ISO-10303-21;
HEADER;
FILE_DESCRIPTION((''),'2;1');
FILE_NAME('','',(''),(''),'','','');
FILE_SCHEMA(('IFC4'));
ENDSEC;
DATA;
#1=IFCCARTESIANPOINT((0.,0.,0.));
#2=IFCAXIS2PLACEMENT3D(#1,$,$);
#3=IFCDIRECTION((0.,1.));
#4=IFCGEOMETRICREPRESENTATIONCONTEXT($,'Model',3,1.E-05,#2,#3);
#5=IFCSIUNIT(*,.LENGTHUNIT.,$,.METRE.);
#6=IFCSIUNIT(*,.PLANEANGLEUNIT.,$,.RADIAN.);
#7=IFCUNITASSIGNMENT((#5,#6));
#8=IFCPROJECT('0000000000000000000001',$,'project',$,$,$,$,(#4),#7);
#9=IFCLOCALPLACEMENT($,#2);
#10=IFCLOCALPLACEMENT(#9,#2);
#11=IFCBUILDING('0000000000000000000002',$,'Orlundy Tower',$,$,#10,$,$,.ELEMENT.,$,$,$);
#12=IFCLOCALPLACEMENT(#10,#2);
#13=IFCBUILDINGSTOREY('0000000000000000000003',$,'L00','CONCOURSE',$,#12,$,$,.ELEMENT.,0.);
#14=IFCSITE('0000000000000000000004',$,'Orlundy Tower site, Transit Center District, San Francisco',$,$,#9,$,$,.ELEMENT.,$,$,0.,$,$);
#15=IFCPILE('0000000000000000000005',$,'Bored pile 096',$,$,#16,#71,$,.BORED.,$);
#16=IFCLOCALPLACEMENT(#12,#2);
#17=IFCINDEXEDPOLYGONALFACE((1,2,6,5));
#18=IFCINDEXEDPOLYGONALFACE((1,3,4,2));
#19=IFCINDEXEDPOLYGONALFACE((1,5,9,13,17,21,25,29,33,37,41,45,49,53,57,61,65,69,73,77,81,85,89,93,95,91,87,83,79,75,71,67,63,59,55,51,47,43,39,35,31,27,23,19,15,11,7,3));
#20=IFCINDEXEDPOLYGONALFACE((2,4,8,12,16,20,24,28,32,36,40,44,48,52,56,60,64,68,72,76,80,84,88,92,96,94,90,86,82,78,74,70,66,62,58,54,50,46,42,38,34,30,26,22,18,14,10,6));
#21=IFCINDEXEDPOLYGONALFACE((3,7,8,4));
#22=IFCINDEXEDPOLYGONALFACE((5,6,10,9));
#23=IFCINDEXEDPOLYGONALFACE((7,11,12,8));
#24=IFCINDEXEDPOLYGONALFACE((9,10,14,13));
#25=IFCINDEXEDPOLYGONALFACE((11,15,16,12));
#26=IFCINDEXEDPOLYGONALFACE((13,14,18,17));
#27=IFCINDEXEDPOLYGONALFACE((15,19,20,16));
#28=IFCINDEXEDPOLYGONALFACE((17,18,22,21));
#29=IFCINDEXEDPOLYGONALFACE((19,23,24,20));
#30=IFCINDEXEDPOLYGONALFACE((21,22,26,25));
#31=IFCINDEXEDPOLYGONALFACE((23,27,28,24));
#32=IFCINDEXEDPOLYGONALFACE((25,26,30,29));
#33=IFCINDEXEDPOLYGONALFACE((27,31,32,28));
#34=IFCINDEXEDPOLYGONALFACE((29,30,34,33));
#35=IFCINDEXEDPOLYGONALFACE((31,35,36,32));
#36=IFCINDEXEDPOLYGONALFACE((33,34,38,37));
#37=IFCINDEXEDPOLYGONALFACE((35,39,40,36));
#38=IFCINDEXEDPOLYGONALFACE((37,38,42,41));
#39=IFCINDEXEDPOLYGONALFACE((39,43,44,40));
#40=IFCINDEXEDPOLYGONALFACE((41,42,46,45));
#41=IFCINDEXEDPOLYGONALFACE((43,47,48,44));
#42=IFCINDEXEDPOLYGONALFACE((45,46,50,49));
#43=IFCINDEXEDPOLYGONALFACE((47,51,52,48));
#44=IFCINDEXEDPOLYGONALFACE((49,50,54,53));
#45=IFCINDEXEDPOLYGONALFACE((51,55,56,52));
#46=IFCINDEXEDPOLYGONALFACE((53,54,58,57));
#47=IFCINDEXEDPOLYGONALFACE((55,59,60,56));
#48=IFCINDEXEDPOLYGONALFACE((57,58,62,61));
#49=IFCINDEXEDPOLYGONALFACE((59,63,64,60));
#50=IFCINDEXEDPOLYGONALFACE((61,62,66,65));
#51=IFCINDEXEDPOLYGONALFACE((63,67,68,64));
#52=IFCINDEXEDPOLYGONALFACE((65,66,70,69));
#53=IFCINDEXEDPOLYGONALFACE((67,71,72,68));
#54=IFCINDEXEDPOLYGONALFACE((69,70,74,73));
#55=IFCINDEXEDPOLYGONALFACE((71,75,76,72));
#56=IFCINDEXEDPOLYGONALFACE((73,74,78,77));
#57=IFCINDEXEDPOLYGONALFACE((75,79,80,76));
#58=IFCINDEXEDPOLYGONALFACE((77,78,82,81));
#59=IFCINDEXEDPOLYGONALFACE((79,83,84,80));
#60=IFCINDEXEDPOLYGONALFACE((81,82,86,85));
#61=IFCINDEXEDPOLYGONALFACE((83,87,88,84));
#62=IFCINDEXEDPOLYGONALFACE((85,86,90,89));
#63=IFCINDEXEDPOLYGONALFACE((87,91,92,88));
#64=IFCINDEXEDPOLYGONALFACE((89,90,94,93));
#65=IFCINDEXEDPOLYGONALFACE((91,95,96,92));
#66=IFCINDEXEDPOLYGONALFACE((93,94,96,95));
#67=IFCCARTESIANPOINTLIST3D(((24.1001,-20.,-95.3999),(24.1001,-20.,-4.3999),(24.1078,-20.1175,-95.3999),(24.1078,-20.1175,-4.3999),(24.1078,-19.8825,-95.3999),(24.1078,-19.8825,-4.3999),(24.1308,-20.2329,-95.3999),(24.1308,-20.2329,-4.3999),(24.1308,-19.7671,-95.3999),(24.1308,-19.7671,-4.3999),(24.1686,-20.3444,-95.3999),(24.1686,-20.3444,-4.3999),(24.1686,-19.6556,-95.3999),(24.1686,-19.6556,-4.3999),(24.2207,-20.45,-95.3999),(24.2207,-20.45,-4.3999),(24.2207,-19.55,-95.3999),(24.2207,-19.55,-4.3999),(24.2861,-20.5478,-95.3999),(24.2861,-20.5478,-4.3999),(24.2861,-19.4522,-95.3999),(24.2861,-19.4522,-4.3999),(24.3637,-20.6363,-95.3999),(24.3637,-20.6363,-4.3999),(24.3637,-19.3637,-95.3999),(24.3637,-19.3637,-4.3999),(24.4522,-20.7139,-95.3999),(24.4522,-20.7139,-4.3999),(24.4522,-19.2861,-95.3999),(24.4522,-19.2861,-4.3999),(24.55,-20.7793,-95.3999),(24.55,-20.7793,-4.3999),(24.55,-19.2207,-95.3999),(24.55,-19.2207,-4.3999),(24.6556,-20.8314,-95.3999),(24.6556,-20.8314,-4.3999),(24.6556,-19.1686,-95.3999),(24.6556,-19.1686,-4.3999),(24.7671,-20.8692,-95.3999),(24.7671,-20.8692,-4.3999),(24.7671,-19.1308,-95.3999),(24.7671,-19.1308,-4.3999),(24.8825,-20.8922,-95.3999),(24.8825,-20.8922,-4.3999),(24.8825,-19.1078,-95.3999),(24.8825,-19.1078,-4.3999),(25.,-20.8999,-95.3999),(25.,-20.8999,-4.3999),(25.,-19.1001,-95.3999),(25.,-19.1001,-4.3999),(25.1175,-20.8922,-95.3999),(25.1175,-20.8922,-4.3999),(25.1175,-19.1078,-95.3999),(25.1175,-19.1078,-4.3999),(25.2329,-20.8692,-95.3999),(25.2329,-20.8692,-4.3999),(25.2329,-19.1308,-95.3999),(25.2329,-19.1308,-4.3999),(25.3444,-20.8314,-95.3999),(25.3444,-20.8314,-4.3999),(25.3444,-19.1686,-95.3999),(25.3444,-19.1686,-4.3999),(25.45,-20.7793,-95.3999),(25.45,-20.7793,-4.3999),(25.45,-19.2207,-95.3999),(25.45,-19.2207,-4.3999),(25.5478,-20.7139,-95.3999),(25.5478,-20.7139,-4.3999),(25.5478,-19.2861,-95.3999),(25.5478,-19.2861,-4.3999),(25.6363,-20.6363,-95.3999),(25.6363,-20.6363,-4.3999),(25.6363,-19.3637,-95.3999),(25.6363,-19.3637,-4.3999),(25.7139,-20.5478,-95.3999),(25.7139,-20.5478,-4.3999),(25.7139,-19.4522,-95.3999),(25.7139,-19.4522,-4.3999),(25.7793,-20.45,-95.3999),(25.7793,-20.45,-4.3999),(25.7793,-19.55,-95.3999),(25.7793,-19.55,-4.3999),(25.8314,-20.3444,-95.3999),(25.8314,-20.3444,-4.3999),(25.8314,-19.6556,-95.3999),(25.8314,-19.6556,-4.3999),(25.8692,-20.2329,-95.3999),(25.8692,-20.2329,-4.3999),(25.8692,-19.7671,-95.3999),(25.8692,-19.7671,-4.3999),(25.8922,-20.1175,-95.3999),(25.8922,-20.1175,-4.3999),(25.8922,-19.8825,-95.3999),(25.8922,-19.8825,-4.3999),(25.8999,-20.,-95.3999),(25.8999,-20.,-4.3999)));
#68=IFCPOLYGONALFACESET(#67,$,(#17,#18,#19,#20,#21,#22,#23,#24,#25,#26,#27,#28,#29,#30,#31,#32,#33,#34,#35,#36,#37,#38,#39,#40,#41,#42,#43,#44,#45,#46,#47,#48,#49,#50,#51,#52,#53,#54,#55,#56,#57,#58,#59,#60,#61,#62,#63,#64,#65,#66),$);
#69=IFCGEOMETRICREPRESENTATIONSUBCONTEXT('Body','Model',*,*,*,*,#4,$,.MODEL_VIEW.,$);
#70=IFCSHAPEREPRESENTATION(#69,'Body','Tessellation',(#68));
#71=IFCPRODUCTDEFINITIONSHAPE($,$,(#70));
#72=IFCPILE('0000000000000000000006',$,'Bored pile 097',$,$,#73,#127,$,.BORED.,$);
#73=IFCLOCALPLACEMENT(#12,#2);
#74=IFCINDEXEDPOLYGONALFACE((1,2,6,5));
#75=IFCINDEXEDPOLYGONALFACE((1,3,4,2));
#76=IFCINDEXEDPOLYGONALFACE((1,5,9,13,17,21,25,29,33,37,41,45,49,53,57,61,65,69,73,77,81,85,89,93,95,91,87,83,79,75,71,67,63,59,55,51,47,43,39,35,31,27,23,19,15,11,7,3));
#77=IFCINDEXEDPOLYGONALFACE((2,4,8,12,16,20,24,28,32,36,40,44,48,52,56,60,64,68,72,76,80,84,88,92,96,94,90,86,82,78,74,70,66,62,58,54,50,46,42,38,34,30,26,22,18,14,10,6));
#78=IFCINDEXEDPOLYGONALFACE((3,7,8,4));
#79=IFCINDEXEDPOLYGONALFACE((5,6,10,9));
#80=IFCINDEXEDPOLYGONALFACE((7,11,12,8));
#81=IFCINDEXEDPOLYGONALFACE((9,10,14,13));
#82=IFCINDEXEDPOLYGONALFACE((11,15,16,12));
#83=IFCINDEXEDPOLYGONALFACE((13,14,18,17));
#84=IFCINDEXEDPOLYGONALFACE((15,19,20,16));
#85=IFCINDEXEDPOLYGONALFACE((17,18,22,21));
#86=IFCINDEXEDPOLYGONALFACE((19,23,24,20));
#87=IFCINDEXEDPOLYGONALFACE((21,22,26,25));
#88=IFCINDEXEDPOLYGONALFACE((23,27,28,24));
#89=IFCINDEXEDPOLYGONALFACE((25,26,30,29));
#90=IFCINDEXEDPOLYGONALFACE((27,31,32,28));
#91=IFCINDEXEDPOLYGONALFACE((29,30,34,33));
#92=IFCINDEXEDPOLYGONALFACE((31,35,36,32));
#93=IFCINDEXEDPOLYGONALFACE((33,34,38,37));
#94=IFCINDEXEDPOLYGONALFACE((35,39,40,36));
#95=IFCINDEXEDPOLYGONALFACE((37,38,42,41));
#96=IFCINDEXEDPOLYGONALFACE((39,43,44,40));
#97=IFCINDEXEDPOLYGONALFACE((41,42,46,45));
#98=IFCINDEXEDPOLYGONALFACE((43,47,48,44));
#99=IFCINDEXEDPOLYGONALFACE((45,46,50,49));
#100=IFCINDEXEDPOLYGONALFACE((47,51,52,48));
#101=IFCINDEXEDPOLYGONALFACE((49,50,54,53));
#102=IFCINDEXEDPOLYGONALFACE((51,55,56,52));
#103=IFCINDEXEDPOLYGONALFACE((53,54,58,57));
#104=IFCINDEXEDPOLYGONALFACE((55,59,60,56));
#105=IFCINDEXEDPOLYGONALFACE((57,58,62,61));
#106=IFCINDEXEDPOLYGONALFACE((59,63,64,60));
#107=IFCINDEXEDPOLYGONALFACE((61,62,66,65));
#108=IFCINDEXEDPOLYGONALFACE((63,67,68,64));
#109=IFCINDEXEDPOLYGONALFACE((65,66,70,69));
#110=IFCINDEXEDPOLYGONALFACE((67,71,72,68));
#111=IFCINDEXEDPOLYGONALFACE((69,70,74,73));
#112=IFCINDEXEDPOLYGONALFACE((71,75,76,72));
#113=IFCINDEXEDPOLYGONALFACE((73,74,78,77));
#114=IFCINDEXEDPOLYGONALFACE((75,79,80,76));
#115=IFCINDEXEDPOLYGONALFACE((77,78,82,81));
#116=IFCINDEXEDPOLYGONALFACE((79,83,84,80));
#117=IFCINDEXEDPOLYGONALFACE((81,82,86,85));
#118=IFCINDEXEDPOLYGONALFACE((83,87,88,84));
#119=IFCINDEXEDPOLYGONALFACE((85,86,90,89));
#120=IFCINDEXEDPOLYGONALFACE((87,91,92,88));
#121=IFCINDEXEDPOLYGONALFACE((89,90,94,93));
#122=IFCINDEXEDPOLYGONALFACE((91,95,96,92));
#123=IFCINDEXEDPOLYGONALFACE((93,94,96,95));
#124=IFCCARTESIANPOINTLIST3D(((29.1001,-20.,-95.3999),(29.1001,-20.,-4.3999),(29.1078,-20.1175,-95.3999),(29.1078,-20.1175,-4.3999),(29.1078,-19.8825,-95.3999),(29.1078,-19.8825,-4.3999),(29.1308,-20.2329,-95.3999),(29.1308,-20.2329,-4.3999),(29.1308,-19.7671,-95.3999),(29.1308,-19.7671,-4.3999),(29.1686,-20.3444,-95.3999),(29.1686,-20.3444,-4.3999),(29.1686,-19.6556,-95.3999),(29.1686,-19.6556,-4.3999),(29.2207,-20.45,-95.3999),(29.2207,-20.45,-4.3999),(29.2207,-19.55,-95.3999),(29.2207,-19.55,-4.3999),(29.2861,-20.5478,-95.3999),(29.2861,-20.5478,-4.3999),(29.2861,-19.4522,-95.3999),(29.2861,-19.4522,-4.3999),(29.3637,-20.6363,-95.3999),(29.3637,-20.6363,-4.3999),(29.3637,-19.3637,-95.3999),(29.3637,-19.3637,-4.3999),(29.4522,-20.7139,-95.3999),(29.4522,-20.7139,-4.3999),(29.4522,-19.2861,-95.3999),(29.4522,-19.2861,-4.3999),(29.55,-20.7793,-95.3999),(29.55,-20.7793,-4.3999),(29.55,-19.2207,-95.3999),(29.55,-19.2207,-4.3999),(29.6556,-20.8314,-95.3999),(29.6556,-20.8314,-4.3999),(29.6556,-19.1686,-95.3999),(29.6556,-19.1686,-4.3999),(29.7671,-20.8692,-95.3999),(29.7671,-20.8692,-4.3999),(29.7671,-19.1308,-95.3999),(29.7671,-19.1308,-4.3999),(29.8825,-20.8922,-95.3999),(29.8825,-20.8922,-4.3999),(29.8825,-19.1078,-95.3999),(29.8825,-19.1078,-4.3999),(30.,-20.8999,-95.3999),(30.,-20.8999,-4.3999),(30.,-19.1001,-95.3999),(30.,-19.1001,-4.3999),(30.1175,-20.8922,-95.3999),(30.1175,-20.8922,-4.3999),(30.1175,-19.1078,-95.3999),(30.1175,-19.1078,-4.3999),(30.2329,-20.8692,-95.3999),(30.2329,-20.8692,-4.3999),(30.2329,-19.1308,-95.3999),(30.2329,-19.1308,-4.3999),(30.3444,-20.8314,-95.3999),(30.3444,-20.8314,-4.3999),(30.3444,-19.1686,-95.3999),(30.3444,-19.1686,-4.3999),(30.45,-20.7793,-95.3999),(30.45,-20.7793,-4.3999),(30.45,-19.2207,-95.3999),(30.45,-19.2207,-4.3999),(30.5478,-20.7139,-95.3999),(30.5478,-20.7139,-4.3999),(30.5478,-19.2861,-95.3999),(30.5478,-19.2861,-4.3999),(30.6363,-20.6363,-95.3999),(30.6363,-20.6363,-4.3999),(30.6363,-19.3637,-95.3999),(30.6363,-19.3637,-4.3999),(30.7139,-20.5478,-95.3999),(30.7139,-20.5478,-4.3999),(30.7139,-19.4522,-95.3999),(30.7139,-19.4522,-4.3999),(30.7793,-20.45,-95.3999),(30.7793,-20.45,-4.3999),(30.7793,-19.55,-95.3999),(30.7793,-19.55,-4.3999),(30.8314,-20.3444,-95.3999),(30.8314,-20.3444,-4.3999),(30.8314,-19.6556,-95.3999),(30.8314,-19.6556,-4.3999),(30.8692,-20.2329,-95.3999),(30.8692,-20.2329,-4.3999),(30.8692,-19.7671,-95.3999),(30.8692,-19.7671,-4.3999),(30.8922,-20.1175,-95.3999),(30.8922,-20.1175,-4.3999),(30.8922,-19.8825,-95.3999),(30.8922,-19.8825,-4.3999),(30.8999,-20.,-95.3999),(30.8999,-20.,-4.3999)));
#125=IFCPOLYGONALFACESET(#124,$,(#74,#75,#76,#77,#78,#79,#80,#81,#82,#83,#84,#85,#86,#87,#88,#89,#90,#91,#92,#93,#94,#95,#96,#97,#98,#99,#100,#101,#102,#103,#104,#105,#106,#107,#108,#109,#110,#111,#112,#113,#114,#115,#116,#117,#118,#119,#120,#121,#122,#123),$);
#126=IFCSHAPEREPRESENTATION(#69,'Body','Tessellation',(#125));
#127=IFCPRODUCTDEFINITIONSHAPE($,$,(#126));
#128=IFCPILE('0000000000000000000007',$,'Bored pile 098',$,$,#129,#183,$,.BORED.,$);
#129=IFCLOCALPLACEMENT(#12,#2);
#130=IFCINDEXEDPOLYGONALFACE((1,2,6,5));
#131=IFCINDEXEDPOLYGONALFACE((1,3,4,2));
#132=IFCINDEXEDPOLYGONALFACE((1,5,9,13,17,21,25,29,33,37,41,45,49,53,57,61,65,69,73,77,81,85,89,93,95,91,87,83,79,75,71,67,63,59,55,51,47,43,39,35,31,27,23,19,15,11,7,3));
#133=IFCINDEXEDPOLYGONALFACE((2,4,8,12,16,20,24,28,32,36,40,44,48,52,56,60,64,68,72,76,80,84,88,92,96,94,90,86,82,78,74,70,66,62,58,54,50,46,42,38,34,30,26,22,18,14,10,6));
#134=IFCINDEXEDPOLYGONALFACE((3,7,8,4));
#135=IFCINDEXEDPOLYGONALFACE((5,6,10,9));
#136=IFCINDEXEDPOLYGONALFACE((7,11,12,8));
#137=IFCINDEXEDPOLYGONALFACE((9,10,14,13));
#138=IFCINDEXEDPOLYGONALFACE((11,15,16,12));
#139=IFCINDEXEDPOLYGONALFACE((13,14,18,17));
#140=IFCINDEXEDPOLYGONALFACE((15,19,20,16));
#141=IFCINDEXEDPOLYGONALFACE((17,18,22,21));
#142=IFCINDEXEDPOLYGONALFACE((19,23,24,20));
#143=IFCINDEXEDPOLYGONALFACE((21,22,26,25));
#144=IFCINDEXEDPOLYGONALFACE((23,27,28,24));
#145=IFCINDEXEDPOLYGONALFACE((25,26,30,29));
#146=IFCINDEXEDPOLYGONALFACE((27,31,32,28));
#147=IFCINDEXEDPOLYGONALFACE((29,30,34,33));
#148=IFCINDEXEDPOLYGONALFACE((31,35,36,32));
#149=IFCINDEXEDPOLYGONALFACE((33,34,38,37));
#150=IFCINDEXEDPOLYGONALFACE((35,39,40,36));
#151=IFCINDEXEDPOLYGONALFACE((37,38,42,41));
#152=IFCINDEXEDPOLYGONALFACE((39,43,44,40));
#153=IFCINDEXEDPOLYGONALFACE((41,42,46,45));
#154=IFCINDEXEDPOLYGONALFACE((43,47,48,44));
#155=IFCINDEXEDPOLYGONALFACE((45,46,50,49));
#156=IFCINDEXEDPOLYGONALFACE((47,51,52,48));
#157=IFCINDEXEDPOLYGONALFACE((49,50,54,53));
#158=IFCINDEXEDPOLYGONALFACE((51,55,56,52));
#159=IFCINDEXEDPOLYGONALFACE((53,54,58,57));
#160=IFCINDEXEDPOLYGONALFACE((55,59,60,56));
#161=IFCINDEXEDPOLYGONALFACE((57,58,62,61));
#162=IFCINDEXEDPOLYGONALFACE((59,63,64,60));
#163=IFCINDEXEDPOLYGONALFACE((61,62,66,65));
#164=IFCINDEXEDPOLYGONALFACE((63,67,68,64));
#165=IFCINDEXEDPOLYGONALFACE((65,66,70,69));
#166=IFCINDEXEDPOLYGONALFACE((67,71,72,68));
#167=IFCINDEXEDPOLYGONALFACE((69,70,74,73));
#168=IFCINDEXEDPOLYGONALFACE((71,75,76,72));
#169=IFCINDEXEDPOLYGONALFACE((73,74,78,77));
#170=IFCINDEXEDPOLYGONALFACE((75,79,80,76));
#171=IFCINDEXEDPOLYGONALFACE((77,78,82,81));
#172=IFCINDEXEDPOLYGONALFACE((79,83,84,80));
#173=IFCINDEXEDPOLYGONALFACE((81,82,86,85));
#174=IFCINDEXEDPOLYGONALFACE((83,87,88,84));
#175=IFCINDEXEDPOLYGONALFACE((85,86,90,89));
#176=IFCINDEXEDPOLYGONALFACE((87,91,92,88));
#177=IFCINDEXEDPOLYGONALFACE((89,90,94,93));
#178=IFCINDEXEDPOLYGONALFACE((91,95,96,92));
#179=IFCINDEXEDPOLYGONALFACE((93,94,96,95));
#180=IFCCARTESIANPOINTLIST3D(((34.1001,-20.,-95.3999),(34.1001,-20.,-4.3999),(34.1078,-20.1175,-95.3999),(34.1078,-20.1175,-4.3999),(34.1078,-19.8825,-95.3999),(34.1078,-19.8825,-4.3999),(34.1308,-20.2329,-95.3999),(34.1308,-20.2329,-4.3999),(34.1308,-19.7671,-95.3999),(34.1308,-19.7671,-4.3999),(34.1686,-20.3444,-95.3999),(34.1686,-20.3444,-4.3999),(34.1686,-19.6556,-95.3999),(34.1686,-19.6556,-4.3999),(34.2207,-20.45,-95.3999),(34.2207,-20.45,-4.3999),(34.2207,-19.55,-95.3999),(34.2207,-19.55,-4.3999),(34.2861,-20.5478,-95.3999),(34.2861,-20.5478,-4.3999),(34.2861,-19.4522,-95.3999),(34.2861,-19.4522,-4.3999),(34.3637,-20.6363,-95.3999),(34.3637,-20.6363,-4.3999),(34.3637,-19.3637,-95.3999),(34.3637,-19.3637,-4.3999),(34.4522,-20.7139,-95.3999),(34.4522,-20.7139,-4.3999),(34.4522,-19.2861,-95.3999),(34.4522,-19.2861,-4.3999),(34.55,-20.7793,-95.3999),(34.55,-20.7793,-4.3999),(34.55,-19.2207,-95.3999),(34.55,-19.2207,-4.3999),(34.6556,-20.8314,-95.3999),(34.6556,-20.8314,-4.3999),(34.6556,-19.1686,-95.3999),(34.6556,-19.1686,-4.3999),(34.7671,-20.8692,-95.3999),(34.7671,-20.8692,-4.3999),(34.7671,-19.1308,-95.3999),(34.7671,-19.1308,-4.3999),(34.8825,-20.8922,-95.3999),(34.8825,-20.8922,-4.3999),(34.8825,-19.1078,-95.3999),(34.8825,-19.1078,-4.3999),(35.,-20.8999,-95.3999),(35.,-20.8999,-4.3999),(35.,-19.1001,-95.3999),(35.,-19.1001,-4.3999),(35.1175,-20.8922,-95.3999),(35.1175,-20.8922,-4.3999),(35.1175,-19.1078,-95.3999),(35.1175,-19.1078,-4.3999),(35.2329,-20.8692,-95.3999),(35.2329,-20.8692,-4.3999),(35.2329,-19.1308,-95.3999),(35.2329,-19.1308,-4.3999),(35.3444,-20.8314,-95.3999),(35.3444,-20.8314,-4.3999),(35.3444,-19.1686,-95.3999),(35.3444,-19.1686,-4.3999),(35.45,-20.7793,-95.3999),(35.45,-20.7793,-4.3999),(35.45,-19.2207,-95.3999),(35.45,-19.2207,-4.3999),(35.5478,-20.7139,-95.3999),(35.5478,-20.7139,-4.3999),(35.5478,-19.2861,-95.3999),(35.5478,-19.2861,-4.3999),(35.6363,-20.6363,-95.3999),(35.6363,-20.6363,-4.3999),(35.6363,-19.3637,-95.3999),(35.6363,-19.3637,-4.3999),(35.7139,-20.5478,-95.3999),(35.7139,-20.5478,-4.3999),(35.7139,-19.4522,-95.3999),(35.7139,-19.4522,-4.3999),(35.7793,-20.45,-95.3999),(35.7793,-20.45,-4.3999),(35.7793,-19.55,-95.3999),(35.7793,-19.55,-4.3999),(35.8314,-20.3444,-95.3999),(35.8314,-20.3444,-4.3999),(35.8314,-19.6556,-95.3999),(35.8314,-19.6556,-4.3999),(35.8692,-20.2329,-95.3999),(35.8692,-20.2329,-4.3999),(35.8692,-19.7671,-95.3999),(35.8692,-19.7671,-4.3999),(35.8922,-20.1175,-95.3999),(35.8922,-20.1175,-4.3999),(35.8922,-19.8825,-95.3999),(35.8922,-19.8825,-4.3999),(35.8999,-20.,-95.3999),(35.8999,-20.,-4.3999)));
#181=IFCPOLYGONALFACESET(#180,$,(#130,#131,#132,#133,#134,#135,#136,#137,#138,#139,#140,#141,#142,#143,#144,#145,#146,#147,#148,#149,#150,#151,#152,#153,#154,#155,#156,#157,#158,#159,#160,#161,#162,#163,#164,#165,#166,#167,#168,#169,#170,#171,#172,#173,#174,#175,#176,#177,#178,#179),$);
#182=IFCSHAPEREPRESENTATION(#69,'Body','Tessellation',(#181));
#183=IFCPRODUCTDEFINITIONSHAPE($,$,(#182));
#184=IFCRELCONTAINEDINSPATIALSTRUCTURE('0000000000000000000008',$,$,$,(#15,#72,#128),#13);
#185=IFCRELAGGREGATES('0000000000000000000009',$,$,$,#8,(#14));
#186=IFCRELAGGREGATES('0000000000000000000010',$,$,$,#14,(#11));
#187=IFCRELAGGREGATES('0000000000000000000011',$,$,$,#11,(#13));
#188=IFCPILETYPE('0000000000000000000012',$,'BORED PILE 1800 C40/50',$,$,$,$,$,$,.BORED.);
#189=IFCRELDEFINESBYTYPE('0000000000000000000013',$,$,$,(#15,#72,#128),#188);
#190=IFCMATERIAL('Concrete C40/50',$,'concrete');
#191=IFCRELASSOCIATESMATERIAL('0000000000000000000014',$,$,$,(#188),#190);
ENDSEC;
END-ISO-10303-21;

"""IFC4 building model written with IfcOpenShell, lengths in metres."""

from ifc_helpers import new_model, si_unit, direction, frame, origin, origin_2d, place, context, subcontext, project, spatial, circle, extrude, material, material_profile, profile_set, type_object, element, save


model = new_model("IFC4")

# Units and contexts
model_context = context("Model", 3, precision=1e-05, world=origin(), true_north=direction((0.0, 1.0)))
body_context = subcontext(model_context, "Body", "Model", "MODEL_VIEW")
ifc_project = project(units=[si_unit("LENGTHUNIT", "METRE"), si_unit("PLANEANGLEUNIT", "RADIAN")], contexts=[model_context])

# Site, building, storey
site_placement = place(None, origin())
site = spatial("IfcSite", under=ifc_project, at=site_placement, Name="Orlundy Tower site, Transit Center District, San Francisco", CompositionType="ELEMENT", RefElevation=0.0)
building_placement = place(site_placement, origin())
building = spatial("IfcBuilding", under=site, at=building_placement, Name="Orlundy Tower", CompositionType="ELEMENT")
storey_placement = place(building_placement, origin())
storey = spatial("IfcBuildingStorey", under=building, at=storey_placement, Name="L00", Description="CONCOURSE", CompositionType="ELEMENT", Elevation=0.0)

# Piles
ifc_material_1 = material(Name="Concrete C40/50", Category="concrete")
ifc_material_profile_1 = material_profile(ifc_material_1, circle(Radius=0.8999, at=origin_2d()), Name="BP1800")
ifc_profile_set_1 = profile_set([ifc_material_profile_1], Name="Concrete C40/50")
pile_type = type_object("IfcPileType", Name="BORED PILE 1800 C40/50", PredefinedType="BORED", material=ifc_profile_set_1)
for number, where, z_axis, x_axis, name in (
    (1, (25.0, -20.0, -4.3999), (0.0, 0.0, -1.0), (1.0, 0.0, 0.0), "Bored pile 096"),
    (2, (30.0, -20.0, -4.3999), (0.0, 0.0, -1.0), (1.0, 0.0, 0.0), "Bored pile 097"),
    (3, (35.0, -20.0, -4.3999), (0.0, 0.0, -1.0), (1.0, 0.0, 0.0), "Bored pile 098"),
):
    element("IfcPile", number, at=place(storey_placement, frame(where, z_axis=z_axis, x_axis=x_axis)), inside=storey, type_object=pile_type, Name=name, PredefinedType="BORED", context=body_context, shape_type="SweptSolid", body=[
        extrude(circle(Radius=0.8999, at=origin_2d()), origin(), (0.0, 0.0, 1.0), 91.0),
    ])

save(model, "model.ifc")
